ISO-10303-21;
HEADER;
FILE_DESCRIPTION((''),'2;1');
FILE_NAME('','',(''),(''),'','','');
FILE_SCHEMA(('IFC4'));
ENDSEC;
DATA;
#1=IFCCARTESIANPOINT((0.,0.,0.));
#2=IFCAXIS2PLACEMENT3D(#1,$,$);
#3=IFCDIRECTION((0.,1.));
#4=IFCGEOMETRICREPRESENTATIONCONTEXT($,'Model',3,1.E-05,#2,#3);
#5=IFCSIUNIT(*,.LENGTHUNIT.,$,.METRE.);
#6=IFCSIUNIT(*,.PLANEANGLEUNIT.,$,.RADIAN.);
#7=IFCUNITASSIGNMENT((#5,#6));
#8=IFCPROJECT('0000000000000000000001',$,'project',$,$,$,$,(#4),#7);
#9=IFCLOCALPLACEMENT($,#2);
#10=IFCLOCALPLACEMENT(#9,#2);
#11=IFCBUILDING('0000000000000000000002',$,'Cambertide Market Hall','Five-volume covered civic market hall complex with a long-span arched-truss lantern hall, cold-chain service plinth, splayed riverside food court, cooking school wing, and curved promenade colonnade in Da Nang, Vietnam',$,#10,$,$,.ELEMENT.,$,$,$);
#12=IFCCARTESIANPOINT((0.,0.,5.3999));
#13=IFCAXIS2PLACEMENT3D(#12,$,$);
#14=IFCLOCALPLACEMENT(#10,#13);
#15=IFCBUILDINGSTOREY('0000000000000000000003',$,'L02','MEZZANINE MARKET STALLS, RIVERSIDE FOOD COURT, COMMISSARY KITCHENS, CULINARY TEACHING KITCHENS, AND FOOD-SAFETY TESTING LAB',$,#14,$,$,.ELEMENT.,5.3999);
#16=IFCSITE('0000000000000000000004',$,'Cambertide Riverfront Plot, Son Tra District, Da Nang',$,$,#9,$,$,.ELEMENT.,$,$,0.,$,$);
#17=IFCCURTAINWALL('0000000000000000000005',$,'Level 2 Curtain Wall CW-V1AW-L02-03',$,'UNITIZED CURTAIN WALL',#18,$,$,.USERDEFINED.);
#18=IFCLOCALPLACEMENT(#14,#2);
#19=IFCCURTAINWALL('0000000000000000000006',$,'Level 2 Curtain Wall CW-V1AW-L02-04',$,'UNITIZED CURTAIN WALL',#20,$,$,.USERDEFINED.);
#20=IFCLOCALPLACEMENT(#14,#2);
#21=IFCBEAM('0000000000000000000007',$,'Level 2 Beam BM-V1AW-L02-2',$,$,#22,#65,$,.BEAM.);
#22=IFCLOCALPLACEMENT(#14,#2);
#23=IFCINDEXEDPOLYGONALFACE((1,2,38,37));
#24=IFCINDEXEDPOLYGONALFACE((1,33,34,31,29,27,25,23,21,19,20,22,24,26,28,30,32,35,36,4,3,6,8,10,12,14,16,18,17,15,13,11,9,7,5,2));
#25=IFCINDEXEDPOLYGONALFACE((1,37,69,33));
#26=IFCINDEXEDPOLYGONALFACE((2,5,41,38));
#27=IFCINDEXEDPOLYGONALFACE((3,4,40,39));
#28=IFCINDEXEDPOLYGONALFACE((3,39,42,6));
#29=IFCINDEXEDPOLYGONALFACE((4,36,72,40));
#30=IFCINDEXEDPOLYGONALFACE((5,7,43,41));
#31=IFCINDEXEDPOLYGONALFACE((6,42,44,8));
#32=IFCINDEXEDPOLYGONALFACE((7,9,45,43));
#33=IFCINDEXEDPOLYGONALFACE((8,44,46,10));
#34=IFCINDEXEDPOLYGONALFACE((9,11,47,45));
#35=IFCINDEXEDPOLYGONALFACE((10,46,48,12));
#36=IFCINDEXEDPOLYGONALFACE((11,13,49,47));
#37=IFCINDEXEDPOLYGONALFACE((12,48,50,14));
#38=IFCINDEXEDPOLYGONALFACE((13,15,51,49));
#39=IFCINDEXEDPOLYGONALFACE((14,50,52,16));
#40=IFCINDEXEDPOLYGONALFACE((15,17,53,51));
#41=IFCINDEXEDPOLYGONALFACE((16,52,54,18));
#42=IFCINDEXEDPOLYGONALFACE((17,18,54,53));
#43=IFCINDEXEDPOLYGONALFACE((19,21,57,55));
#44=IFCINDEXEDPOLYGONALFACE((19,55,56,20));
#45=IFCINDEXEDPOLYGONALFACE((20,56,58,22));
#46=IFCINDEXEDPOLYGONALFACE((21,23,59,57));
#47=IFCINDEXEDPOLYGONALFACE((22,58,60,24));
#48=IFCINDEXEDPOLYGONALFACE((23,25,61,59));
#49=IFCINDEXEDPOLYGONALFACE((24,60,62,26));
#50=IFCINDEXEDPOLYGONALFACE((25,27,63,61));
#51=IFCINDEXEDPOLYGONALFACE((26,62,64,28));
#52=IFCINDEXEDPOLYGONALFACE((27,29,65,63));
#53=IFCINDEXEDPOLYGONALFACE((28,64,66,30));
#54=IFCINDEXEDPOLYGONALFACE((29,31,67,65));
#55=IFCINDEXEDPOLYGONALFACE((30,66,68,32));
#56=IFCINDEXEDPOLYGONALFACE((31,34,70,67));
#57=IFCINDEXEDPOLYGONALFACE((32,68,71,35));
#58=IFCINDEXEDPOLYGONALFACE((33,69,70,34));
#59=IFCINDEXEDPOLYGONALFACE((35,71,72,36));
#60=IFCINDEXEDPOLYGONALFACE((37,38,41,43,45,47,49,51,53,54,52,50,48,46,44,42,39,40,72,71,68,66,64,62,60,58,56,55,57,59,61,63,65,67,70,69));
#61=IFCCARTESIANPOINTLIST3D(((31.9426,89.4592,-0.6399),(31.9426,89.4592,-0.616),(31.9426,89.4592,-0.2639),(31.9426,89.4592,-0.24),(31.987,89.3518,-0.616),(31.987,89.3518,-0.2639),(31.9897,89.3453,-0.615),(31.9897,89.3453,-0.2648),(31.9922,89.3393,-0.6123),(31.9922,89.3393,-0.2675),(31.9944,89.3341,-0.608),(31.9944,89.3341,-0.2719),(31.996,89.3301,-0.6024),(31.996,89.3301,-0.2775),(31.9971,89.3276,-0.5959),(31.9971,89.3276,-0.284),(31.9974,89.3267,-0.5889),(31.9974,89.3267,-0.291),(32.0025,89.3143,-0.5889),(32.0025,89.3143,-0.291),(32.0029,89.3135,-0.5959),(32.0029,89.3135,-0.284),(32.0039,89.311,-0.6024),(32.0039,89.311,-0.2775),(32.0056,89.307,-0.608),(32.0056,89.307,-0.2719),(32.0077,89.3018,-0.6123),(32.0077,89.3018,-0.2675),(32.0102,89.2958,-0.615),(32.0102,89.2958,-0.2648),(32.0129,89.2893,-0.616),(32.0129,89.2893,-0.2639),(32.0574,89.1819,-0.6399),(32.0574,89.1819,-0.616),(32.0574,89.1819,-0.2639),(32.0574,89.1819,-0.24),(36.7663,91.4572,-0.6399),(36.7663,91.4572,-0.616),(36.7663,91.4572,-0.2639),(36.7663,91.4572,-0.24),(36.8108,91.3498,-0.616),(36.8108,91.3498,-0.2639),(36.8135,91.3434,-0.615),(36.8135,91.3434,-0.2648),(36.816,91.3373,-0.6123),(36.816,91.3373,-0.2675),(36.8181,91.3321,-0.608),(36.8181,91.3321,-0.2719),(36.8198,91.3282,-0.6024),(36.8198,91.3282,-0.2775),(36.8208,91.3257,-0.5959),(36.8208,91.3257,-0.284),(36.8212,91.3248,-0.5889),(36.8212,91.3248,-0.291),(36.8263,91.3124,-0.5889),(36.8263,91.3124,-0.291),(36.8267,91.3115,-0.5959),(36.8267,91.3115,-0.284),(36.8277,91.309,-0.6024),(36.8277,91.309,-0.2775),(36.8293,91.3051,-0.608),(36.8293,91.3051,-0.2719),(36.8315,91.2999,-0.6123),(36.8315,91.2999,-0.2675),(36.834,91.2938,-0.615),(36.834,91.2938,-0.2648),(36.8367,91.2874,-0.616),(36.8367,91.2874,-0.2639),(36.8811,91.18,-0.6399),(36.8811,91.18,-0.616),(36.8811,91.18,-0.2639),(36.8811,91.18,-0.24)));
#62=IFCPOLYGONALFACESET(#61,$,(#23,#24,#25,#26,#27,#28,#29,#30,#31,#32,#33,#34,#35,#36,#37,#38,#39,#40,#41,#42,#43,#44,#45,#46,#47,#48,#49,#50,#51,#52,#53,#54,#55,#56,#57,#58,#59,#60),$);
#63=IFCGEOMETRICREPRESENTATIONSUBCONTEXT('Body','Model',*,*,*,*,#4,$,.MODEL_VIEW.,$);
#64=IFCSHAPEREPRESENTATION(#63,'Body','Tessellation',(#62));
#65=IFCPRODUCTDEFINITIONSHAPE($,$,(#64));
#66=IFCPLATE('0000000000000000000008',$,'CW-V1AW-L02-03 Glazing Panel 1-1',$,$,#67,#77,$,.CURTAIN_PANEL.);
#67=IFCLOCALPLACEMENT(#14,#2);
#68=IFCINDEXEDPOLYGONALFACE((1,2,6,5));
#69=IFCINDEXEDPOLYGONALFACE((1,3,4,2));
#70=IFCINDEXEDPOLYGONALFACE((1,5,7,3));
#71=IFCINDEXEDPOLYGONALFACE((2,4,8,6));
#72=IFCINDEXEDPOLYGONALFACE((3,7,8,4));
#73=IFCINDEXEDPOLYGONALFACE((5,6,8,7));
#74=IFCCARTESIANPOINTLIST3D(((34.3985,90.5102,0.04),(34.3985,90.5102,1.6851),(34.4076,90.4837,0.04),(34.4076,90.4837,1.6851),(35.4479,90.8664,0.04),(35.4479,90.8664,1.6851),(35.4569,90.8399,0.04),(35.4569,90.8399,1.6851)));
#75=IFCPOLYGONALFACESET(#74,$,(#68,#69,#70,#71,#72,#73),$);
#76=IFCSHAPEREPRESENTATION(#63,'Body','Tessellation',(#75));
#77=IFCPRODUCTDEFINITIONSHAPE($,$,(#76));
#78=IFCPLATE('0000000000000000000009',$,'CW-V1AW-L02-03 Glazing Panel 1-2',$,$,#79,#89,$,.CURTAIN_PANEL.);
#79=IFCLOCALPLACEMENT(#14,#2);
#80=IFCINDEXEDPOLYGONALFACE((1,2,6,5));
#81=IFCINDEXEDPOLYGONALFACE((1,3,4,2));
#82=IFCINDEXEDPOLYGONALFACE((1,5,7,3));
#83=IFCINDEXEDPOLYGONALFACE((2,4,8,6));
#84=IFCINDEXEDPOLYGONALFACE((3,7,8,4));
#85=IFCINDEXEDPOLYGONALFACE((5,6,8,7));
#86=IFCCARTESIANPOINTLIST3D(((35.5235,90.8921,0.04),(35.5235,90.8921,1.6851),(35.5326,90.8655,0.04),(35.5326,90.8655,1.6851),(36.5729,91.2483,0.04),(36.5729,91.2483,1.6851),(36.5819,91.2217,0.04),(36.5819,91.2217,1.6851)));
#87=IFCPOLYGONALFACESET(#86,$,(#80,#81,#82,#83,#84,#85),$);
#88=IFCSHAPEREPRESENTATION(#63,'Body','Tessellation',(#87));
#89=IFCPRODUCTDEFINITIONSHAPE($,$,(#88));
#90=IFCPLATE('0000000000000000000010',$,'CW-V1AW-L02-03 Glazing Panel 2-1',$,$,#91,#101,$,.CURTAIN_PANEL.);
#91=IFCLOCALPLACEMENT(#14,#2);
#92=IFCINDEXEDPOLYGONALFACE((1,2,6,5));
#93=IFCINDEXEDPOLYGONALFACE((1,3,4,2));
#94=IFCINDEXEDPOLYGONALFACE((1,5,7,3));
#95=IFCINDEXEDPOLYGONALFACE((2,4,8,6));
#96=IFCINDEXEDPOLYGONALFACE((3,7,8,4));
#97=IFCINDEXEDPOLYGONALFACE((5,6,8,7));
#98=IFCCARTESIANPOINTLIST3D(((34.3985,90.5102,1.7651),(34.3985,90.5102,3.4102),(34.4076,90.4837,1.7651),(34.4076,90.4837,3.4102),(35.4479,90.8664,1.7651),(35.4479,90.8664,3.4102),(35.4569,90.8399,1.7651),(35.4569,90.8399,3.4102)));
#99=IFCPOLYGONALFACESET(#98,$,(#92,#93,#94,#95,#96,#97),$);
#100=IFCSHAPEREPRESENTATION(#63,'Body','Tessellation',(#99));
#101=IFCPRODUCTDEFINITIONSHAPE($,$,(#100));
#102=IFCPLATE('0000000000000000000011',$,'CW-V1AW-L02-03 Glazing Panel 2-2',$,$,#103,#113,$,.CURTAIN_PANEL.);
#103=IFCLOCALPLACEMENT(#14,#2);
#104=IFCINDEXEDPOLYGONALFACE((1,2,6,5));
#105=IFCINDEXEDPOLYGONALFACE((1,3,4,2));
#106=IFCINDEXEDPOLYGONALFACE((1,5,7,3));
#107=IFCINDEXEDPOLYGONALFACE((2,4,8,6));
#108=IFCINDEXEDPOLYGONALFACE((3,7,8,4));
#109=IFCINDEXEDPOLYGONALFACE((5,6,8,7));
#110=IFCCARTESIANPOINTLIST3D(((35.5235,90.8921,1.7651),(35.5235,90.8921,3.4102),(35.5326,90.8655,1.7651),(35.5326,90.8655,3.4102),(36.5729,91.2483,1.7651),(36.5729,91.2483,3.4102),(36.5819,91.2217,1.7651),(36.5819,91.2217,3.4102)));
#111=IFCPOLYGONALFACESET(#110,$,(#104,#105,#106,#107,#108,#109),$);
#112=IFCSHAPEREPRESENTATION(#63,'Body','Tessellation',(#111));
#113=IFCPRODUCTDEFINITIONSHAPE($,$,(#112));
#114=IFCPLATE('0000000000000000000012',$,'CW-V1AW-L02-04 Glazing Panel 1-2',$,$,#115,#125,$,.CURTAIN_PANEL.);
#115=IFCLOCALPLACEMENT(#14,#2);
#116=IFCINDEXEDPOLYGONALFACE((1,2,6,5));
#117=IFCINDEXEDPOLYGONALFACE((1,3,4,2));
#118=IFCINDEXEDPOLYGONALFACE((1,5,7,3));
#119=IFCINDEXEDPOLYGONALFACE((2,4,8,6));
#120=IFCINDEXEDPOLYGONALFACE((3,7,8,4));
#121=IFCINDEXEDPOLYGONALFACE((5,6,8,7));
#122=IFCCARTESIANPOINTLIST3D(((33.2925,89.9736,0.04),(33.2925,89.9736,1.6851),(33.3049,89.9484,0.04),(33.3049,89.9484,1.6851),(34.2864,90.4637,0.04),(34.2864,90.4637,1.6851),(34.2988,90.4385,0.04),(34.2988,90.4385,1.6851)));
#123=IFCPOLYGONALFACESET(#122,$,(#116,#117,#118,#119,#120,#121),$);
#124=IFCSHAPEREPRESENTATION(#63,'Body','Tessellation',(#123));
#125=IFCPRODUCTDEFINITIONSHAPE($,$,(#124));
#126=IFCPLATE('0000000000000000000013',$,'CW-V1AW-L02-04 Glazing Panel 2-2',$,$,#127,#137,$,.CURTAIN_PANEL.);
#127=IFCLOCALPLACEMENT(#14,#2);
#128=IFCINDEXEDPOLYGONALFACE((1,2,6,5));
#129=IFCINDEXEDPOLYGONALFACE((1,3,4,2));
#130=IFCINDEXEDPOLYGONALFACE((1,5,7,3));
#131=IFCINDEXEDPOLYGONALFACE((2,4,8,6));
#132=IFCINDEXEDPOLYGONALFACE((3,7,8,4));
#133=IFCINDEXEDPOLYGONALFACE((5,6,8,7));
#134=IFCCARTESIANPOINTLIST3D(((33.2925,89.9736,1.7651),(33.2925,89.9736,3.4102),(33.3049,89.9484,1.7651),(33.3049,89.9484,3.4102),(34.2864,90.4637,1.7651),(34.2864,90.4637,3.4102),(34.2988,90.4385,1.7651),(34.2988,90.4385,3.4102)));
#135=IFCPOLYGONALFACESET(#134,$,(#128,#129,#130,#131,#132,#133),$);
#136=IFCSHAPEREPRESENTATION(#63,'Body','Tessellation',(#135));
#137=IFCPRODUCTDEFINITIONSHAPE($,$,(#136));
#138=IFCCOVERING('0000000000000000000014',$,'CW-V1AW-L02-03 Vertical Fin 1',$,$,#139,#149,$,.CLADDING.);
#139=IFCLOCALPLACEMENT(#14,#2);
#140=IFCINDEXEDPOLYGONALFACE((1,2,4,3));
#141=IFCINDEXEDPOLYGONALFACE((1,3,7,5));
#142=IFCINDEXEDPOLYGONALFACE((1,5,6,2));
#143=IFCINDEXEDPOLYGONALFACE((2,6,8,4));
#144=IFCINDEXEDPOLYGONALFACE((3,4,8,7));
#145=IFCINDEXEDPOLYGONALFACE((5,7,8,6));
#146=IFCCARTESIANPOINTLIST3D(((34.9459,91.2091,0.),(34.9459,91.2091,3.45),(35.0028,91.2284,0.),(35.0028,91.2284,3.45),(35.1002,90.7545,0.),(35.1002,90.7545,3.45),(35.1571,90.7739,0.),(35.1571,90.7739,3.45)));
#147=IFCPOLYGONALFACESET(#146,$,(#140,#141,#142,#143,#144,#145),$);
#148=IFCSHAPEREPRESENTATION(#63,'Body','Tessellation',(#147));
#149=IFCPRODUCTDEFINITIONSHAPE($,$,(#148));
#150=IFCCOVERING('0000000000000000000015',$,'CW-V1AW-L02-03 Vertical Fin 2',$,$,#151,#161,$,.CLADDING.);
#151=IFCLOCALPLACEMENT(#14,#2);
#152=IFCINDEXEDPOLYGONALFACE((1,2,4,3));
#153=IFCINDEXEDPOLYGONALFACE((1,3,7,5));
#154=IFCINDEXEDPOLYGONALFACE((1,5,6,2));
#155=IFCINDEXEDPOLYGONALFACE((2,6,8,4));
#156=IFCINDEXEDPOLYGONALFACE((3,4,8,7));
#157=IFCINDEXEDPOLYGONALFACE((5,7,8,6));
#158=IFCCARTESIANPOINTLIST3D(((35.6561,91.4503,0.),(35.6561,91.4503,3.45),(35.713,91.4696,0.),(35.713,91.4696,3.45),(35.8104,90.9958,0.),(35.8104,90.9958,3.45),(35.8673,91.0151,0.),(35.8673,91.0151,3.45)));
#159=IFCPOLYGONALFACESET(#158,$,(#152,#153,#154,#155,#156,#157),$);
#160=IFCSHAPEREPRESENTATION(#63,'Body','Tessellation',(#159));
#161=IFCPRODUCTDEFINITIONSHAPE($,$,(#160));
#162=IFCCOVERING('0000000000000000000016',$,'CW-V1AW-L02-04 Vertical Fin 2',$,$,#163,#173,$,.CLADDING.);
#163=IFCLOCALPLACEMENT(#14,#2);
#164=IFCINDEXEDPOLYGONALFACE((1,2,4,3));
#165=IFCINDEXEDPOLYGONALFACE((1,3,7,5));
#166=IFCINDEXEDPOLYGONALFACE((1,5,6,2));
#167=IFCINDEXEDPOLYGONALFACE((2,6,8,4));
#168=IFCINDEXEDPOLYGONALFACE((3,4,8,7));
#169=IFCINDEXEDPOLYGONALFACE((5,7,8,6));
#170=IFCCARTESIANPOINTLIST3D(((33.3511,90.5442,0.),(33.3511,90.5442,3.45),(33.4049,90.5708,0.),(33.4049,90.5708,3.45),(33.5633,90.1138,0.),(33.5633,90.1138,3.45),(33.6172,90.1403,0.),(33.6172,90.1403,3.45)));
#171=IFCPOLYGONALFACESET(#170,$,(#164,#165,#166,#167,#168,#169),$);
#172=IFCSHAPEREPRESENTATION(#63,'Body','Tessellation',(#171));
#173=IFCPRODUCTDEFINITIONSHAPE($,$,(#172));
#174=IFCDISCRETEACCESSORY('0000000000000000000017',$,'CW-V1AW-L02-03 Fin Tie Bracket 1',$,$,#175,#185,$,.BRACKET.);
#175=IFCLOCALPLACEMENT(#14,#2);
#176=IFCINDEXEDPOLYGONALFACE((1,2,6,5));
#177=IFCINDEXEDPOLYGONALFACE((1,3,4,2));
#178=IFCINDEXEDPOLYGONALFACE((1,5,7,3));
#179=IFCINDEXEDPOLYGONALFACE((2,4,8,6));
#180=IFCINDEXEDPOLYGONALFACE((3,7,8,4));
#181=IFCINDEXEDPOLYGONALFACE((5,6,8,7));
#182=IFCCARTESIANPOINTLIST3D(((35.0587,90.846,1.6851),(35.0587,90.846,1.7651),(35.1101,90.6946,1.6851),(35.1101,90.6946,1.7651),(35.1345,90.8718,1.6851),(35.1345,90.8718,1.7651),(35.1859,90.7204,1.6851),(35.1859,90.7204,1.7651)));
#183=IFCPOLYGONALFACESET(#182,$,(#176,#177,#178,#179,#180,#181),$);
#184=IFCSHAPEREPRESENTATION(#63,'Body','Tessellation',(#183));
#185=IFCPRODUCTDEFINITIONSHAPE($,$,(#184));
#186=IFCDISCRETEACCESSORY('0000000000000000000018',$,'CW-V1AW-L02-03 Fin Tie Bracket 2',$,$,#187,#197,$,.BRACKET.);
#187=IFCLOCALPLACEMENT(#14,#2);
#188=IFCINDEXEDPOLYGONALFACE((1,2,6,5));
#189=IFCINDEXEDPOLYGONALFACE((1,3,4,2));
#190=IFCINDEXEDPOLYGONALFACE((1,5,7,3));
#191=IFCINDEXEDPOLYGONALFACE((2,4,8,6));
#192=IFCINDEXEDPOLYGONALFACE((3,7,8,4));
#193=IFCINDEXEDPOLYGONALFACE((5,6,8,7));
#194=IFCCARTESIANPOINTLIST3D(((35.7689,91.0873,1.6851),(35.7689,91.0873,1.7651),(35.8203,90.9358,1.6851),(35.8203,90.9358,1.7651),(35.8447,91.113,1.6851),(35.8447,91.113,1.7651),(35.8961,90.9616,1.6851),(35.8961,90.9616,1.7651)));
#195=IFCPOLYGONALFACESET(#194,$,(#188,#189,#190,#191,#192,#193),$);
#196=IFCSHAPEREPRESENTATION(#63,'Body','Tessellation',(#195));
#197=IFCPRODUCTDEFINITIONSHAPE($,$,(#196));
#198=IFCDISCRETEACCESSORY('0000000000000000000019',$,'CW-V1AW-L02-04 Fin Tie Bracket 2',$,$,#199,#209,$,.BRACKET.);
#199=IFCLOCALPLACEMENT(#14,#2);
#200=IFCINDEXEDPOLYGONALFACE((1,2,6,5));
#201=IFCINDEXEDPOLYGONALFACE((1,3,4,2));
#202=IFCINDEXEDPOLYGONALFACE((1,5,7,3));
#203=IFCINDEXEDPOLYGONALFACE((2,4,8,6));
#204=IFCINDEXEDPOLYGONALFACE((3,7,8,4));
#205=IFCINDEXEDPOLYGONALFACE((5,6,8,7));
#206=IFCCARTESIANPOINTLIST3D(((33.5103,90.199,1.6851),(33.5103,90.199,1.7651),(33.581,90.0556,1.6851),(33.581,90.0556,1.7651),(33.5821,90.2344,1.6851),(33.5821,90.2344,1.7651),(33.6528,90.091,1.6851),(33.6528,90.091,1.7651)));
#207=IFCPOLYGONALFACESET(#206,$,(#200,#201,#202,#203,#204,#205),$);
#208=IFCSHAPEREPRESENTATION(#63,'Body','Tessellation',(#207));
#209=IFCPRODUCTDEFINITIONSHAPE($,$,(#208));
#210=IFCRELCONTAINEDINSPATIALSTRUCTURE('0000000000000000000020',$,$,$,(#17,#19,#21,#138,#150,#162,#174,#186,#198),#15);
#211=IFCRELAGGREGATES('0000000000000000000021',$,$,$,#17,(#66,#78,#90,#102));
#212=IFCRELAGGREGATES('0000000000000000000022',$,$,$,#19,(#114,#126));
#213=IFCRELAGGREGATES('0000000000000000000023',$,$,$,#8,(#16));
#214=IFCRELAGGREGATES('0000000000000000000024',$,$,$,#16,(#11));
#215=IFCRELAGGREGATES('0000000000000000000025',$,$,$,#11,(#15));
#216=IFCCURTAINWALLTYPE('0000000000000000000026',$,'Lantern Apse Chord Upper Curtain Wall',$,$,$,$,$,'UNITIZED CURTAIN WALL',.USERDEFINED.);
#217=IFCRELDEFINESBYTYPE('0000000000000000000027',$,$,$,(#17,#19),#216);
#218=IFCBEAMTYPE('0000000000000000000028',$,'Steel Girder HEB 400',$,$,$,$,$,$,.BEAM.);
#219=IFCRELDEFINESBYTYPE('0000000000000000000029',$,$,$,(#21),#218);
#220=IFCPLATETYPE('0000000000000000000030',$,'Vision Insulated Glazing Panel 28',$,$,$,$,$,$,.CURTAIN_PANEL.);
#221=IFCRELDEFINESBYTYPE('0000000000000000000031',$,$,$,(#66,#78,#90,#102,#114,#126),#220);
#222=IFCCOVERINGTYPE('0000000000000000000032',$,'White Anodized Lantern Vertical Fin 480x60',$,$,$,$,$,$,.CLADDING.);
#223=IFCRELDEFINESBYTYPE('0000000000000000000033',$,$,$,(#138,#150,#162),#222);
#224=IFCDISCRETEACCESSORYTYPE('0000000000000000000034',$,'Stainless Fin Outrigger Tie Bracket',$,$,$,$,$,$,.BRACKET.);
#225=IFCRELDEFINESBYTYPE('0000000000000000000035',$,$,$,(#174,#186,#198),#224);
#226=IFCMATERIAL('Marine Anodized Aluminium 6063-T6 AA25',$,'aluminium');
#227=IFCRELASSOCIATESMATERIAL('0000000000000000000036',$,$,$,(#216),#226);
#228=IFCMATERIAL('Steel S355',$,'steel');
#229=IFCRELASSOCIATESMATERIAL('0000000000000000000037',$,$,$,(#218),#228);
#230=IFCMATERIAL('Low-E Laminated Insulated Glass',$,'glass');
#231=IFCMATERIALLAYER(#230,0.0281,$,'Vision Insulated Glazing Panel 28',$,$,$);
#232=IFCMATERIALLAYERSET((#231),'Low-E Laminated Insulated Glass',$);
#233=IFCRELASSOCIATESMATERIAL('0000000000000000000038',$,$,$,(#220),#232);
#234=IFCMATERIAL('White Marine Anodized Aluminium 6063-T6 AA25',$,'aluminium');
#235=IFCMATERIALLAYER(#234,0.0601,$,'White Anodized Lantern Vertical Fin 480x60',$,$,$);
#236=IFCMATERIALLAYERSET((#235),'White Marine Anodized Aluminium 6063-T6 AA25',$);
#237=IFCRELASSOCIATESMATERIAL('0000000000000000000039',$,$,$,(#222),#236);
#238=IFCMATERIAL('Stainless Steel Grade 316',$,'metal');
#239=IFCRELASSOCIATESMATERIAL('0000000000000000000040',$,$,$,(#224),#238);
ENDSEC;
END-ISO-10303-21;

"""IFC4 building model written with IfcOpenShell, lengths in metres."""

from ifc_helpers import new_model, si_unit, direction, frame, origin, origin_2d, place, context, subcontext, project, spatial, rectangle, i_section, extrude, material, layer, layer_set, material_profile, profile_set, type_object, element, aggregate, save


model = new_model("IFC4")

# Units and contexts
model_context = context("Model", 3, precision=1e-05, world=origin(), true_north=direction((0.0, 1.0)))
body_context = subcontext(model_context, "Body", "Model", "MODEL_VIEW")
ifc_project = project(units=[si_unit("LENGTHUNIT", "METRE"), si_unit("PLANEANGLEUNIT", "RADIAN")], contexts=[model_context])

# Site, building, storey
site_placement = place(None, origin())
site = spatial("IfcSite", under=ifc_project, at=site_placement, Name="Cambertide Riverfront Plot, Son Tra District, Da Nang", CompositionType="ELEMENT", RefElevation=0.0)
building_placement = place(site_placement, origin())
building = spatial("IfcBuilding", under=site, at=building_placement, Name="Cambertide Market Hall", Description="Five-volume covered civic market hall complex with a long-span arched-truss lantern hall, cold-chain service plinth, splayed riverside food court, cooking school wing, and curved promenade colonnade in Da Nang, Vietnam", CompositionType="ELEMENT")
storey_placement = place(building_placement, frame((0.0, 0.0, 5.3999)))
storey = spatial("IfcBuildingStorey", under=building, at=storey_placement, Name="L02", Description="MEZZANINE MARKET STALLS, RIVERSIDE FOOD COURT, COMMISSARY KITCHENS, CULINARY TEACHING KITCHENS, AND FOOD-SAFETY TESTING LAB", CompositionType="ELEMENT", Elevation=5.3999)

# Curtain walls
ifc_material_1 = material(Name="Marine Anodized Aluminium 6063-T6 AA25", Category="aluminium")
curtain_wall_type = type_object("IfcCurtainWallType", Name="Lantern Apse Chord Upper Curtain Wall", ElementType="UNITIZED CURTAIN WALL", PredefinedType="USERDEFINED", material=ifc_material_1)
curtain_wall_1_placement = place(storey_placement, origin())
curtain_wall_1 = element("IfcCurtainWall", 1, at=curtain_wall_1_placement, inside=storey, type_object=curtain_wall_type, Name="Level 2 Curtain Wall CW-V1AW-L02-03", ObjectType="UNITIZED CURTAIN WALL", PredefinedType="USERDEFINED")
curtain_wall_2_placement = place(storey_placement, origin())
curtain_wall_2 = element("IfcCurtainWall", 2, at=curtain_wall_2_placement, inside=storey, type_object=curtain_wall_type, Name="Level 2 Curtain Wall CW-V1AW-L02-04", ObjectType="UNITIZED CURTAIN WALL", PredefinedType="USERDEFINED")

# Beam
ifc_material_2 = material(Name="Steel S355", Category="steel")
ifc_material_profile_1 = material_profile(ifc_material_2, i_section(OverallWidth=0.3, OverallDepth=0.3999, WebThickness=0.0134, FlangeThickness=0.0239, FilletRadius=0.0271, at=origin_2d()), Name="HEB 400")
ifc_profile_set_1 = profile_set([ifc_material_profile_1], Name="Steel S355")
beam_type_1 = type_object("IfcBeamType", Name="Steel Girder HEB 400", PredefinedType="BEAM", material=ifc_profile_set_1)
beam_1_placement = place(storey_placement, frame((36.8237, 91.3186, -0.4399), z_axis=(-0.92388, -0.382682, 0.0), x_axis=(0.382682, -0.92388, 0.0)))
element("IfcBeam", 3, at=beam_1_placement, inside=storey, type_object=beam_type_1, Name="Level 2 Beam BM-V1AW-L02-2", PredefinedType="BEAM", context=body_context, shape_type="SweptSolid", body=[
    extrude(i_section(OverallWidth=0.3, OverallDepth=0.3999, WebThickness=0.0134, FlangeThickness=0.0239, FilletRadius=0.0271, at=origin_2d()), origin(), (0.0, 0.0, 1.0), 5.2212),
])

# Plates
ifc_material_3 = material(Name="Low-E Laminated Insulated Glass", Category="glass")
ifc_layer_1 = layer(ifc_material_3, 0.0281, Name="Vision Insulated Glazing Panel 28")
ifc_layer_set_1 = layer_set([ifc_layer_1], Name="Low-E Laminated Insulated Glass")
plate_type = type_object("IfcPlateType", Name="Vision Insulated Glazing Panel 28", PredefinedType="CURTAIN_PANEL", material=ifc_layer_set_1)
plate_1_placement = place(storey_placement, frame((34.9277, 90.675, 0.04), z_axis=(0.0, 0.0, 1.0), x_axis=(0.94693, 0.321439, 0.0)))
plate_1 = element("IfcPlate", 4, at=plate_1_placement, type_object=plate_type, Name="CW-V1AW-L02-03 Glazing Panel 1-1", PredefinedType="CURTAIN_PANEL", context=body_context, shape_type="SweptSolid", body=[
    extrude(rectangle(XDim=1.1082, YDim=0.0281, at=origin_2d()), origin(), (0.0, 0.0, 1.0), 1.645),
])
plate_2_placement = place(storey_placement, frame((36.0527, 91.0569, 0.04), z_axis=(0.0, 0.0, 1.0), x_axis=(0.94693, 0.321439, 0.0)))
plate_2 = element("IfcPlate", 5, at=plate_2_placement, type_object=plate_type, Name="CW-V1AW-L02-03 Glazing Panel 1-2", PredefinedType="CURTAIN_PANEL", context=body_context, shape_type="SweptSolid", body=[
    extrude(rectangle(XDim=1.1082, YDim=0.0281, at=origin_2d()), origin(), (0.0, 0.0, 1.0), 1.645),
])
plate_3_placement = place(storey_placement, frame((34.9277, 90.675, 1.7651), z_axis=(0.0, 0.0, 1.0), x_axis=(0.94693, 0.321439, 0.0)))
plate_3 = element("IfcPlate", 6, at=plate_3_placement, type_object=plate_type, Name="CW-V1AW-L02-03 Glazing Panel 2-1", PredefinedType="CURTAIN_PANEL", context=body_context, shape_type="SweptSolid", body=[
    extrude(rectangle(XDim=1.1082, YDim=0.0281, at=origin_2d()), origin(), (0.0, 0.0, 1.0), 1.645),
])
plate_4_placement = place(storey_placement, frame((36.0527, 91.0569, 1.7651), z_axis=(0.0, 0.0, 1.0), x_axis=(0.94693, 0.321439, 0.0)))
plate_4 = element("IfcPlate", 7, at=plate_4_placement, type_object=plate_type, Name="CW-V1AW-L02-03 Glazing Panel 2-2", PredefinedType="CURTAIN_PANEL", context=body_context, shape_type="SweptSolid", body=[
    extrude(rectangle(XDim=1.1082, YDim=0.0281, at=origin_2d()), origin(), (0.0, 0.0, 1.0), 1.645),
])
aggregate(curtain_wall_1, [plate_1, plate_2, plate_3, plate_4])
plate_5_placement = place(storey_placement, frame((33.7957, 90.2061, 0.04), z_axis=(0.0, 0.0, 1.0), x_axis=(0.896873, 0.442289, 0.0)))
plate_5 = element("IfcPlate", 8, at=plate_5_placement, type_object=plate_type, Name="CW-V1AW-L02-04 Glazing Panel 1-2", PredefinedType="CURTAIN_PANEL", context=body_context, shape_type="SweptSolid", body=[
    extrude(rectangle(XDim=1.1082, YDim=0.0281, at=origin_2d()), origin(), (0.0, 0.0, 1.0), 1.645),
])
plate_6_placement = place(storey_placement, frame((33.7957, 90.2061, 1.7651), z_axis=(0.0, 0.0, 1.0), x_axis=(0.896873, 0.442289, 0.0)))
plate_6 = element("IfcPlate", 9, at=plate_6_placement, type_object=plate_type, Name="CW-V1AW-L02-04 Glazing Panel 2-2", PredefinedType="CURTAIN_PANEL", context=body_context, shape_type="SweptSolid", body=[
    extrude(rectangle(XDim=1.1082, YDim=0.0281, at=origin_2d()), origin(), (0.0, 0.0, 1.0), 1.645),
])
aggregate(curtain_wall_2, [plate_5, plate_6])

# Coverings
ifc_material_4 = material(Name="White Marine Anodized Aluminium 6063-T6 AA25", Category="aluminium")
ifc_layer_2 = layer(ifc_material_4, 0.0601, Name="White Anodized Lantern Vertical Fin 480x60")
ifc_layer_set_2 = layer_set([ifc_layer_2], Name="White Marine Anodized Aluminium 6063-T6 AA25")
covering_type = type_object("IfcCoveringType", Name="White Anodized Lantern Vertical Fin 480x60", PredefinedType="CLADDING", material=ifc_layer_set_2)
for number, where, z_axis, x_axis, name in (
    (10, (35.0515, 90.9915, 0.0), (0.0, 0.0, 1.0), (0.94693, 0.321439, 0.0), "CW-V1AW-L02-03 Vertical Fin 1"),
    (11, (35.7617, 91.2327, 0.0), (0.0, 0.0, 1.0), (0.94693, 0.321439, 0.0), "CW-V1AW-L02-03 Vertical Fin 2"),
    (12, (33.4841, 90.3423, 0.0), (0.0, 0.0, 1.0), (0.896873, 0.442289, 0.0), "CW-V1AW-L02-04 Vertical Fin 2"),
):
    element("IfcCovering", number, at=place(storey_placement, frame(where, z_axis=z_axis, x_axis=x_axis)), inside=storey, type_object=covering_type, Name=name, PredefinedType="CLADDING", context=body_context, shape_type="SweptSolid", body=[
        extrude(rectangle(XDim=0.0601, YDim=0.48, at=origin_2d()), origin(), (0.0, 0.0, 1.0), 3.45),
    ])

# Discrete accessories
ifc_material_5 = material(Name="Stainless Steel Grade 316", Category="metal")
discrete_accessory_type = type_object("IfcDiscreteAccessoryType", Name="Stainless Fin Outrigger Tie Bracket", PredefinedType="BRACKET", material=ifc_material_5)
for number, where, z_axis, x_axis, name in (
    (13, (35.1223, 90.7832, 1.6851), (0.0, 0.0, 1.0), (0.94693, 0.321439, 0.0), "CW-V1AW-L02-03 Fin Tie Bracket 1"),
    (14, (35.8325, 91.0244, 1.6851), (0.0, 0.0, 1.0), (0.94693, 0.321439, 0.0), "CW-V1AW-L02-03 Fin Tie Bracket 2"),
    (15, (33.5815, 90.145, 1.6851), (0.0, 0.0, 1.0), (0.896873, 0.442289, 0.0), "CW-V1AW-L02-04 Fin Tie Bracket 2"),
):
    element("IfcDiscreteAccessory", number, at=place(storey_placement, frame(where, z_axis=z_axis, x_axis=x_axis)), inside=storey, type_object=discrete_accessory_type, Name=name, PredefinedType="BRACKET", context=body_context, shape_type="SweptSolid", body=[
        extrude(rectangle(XDim=0.0801, YDim=0.1599, at=origin_2d()), origin(), (0.0, 0.0, 1.0), 0.0801),
    ])

save(model, "model.ifc")
